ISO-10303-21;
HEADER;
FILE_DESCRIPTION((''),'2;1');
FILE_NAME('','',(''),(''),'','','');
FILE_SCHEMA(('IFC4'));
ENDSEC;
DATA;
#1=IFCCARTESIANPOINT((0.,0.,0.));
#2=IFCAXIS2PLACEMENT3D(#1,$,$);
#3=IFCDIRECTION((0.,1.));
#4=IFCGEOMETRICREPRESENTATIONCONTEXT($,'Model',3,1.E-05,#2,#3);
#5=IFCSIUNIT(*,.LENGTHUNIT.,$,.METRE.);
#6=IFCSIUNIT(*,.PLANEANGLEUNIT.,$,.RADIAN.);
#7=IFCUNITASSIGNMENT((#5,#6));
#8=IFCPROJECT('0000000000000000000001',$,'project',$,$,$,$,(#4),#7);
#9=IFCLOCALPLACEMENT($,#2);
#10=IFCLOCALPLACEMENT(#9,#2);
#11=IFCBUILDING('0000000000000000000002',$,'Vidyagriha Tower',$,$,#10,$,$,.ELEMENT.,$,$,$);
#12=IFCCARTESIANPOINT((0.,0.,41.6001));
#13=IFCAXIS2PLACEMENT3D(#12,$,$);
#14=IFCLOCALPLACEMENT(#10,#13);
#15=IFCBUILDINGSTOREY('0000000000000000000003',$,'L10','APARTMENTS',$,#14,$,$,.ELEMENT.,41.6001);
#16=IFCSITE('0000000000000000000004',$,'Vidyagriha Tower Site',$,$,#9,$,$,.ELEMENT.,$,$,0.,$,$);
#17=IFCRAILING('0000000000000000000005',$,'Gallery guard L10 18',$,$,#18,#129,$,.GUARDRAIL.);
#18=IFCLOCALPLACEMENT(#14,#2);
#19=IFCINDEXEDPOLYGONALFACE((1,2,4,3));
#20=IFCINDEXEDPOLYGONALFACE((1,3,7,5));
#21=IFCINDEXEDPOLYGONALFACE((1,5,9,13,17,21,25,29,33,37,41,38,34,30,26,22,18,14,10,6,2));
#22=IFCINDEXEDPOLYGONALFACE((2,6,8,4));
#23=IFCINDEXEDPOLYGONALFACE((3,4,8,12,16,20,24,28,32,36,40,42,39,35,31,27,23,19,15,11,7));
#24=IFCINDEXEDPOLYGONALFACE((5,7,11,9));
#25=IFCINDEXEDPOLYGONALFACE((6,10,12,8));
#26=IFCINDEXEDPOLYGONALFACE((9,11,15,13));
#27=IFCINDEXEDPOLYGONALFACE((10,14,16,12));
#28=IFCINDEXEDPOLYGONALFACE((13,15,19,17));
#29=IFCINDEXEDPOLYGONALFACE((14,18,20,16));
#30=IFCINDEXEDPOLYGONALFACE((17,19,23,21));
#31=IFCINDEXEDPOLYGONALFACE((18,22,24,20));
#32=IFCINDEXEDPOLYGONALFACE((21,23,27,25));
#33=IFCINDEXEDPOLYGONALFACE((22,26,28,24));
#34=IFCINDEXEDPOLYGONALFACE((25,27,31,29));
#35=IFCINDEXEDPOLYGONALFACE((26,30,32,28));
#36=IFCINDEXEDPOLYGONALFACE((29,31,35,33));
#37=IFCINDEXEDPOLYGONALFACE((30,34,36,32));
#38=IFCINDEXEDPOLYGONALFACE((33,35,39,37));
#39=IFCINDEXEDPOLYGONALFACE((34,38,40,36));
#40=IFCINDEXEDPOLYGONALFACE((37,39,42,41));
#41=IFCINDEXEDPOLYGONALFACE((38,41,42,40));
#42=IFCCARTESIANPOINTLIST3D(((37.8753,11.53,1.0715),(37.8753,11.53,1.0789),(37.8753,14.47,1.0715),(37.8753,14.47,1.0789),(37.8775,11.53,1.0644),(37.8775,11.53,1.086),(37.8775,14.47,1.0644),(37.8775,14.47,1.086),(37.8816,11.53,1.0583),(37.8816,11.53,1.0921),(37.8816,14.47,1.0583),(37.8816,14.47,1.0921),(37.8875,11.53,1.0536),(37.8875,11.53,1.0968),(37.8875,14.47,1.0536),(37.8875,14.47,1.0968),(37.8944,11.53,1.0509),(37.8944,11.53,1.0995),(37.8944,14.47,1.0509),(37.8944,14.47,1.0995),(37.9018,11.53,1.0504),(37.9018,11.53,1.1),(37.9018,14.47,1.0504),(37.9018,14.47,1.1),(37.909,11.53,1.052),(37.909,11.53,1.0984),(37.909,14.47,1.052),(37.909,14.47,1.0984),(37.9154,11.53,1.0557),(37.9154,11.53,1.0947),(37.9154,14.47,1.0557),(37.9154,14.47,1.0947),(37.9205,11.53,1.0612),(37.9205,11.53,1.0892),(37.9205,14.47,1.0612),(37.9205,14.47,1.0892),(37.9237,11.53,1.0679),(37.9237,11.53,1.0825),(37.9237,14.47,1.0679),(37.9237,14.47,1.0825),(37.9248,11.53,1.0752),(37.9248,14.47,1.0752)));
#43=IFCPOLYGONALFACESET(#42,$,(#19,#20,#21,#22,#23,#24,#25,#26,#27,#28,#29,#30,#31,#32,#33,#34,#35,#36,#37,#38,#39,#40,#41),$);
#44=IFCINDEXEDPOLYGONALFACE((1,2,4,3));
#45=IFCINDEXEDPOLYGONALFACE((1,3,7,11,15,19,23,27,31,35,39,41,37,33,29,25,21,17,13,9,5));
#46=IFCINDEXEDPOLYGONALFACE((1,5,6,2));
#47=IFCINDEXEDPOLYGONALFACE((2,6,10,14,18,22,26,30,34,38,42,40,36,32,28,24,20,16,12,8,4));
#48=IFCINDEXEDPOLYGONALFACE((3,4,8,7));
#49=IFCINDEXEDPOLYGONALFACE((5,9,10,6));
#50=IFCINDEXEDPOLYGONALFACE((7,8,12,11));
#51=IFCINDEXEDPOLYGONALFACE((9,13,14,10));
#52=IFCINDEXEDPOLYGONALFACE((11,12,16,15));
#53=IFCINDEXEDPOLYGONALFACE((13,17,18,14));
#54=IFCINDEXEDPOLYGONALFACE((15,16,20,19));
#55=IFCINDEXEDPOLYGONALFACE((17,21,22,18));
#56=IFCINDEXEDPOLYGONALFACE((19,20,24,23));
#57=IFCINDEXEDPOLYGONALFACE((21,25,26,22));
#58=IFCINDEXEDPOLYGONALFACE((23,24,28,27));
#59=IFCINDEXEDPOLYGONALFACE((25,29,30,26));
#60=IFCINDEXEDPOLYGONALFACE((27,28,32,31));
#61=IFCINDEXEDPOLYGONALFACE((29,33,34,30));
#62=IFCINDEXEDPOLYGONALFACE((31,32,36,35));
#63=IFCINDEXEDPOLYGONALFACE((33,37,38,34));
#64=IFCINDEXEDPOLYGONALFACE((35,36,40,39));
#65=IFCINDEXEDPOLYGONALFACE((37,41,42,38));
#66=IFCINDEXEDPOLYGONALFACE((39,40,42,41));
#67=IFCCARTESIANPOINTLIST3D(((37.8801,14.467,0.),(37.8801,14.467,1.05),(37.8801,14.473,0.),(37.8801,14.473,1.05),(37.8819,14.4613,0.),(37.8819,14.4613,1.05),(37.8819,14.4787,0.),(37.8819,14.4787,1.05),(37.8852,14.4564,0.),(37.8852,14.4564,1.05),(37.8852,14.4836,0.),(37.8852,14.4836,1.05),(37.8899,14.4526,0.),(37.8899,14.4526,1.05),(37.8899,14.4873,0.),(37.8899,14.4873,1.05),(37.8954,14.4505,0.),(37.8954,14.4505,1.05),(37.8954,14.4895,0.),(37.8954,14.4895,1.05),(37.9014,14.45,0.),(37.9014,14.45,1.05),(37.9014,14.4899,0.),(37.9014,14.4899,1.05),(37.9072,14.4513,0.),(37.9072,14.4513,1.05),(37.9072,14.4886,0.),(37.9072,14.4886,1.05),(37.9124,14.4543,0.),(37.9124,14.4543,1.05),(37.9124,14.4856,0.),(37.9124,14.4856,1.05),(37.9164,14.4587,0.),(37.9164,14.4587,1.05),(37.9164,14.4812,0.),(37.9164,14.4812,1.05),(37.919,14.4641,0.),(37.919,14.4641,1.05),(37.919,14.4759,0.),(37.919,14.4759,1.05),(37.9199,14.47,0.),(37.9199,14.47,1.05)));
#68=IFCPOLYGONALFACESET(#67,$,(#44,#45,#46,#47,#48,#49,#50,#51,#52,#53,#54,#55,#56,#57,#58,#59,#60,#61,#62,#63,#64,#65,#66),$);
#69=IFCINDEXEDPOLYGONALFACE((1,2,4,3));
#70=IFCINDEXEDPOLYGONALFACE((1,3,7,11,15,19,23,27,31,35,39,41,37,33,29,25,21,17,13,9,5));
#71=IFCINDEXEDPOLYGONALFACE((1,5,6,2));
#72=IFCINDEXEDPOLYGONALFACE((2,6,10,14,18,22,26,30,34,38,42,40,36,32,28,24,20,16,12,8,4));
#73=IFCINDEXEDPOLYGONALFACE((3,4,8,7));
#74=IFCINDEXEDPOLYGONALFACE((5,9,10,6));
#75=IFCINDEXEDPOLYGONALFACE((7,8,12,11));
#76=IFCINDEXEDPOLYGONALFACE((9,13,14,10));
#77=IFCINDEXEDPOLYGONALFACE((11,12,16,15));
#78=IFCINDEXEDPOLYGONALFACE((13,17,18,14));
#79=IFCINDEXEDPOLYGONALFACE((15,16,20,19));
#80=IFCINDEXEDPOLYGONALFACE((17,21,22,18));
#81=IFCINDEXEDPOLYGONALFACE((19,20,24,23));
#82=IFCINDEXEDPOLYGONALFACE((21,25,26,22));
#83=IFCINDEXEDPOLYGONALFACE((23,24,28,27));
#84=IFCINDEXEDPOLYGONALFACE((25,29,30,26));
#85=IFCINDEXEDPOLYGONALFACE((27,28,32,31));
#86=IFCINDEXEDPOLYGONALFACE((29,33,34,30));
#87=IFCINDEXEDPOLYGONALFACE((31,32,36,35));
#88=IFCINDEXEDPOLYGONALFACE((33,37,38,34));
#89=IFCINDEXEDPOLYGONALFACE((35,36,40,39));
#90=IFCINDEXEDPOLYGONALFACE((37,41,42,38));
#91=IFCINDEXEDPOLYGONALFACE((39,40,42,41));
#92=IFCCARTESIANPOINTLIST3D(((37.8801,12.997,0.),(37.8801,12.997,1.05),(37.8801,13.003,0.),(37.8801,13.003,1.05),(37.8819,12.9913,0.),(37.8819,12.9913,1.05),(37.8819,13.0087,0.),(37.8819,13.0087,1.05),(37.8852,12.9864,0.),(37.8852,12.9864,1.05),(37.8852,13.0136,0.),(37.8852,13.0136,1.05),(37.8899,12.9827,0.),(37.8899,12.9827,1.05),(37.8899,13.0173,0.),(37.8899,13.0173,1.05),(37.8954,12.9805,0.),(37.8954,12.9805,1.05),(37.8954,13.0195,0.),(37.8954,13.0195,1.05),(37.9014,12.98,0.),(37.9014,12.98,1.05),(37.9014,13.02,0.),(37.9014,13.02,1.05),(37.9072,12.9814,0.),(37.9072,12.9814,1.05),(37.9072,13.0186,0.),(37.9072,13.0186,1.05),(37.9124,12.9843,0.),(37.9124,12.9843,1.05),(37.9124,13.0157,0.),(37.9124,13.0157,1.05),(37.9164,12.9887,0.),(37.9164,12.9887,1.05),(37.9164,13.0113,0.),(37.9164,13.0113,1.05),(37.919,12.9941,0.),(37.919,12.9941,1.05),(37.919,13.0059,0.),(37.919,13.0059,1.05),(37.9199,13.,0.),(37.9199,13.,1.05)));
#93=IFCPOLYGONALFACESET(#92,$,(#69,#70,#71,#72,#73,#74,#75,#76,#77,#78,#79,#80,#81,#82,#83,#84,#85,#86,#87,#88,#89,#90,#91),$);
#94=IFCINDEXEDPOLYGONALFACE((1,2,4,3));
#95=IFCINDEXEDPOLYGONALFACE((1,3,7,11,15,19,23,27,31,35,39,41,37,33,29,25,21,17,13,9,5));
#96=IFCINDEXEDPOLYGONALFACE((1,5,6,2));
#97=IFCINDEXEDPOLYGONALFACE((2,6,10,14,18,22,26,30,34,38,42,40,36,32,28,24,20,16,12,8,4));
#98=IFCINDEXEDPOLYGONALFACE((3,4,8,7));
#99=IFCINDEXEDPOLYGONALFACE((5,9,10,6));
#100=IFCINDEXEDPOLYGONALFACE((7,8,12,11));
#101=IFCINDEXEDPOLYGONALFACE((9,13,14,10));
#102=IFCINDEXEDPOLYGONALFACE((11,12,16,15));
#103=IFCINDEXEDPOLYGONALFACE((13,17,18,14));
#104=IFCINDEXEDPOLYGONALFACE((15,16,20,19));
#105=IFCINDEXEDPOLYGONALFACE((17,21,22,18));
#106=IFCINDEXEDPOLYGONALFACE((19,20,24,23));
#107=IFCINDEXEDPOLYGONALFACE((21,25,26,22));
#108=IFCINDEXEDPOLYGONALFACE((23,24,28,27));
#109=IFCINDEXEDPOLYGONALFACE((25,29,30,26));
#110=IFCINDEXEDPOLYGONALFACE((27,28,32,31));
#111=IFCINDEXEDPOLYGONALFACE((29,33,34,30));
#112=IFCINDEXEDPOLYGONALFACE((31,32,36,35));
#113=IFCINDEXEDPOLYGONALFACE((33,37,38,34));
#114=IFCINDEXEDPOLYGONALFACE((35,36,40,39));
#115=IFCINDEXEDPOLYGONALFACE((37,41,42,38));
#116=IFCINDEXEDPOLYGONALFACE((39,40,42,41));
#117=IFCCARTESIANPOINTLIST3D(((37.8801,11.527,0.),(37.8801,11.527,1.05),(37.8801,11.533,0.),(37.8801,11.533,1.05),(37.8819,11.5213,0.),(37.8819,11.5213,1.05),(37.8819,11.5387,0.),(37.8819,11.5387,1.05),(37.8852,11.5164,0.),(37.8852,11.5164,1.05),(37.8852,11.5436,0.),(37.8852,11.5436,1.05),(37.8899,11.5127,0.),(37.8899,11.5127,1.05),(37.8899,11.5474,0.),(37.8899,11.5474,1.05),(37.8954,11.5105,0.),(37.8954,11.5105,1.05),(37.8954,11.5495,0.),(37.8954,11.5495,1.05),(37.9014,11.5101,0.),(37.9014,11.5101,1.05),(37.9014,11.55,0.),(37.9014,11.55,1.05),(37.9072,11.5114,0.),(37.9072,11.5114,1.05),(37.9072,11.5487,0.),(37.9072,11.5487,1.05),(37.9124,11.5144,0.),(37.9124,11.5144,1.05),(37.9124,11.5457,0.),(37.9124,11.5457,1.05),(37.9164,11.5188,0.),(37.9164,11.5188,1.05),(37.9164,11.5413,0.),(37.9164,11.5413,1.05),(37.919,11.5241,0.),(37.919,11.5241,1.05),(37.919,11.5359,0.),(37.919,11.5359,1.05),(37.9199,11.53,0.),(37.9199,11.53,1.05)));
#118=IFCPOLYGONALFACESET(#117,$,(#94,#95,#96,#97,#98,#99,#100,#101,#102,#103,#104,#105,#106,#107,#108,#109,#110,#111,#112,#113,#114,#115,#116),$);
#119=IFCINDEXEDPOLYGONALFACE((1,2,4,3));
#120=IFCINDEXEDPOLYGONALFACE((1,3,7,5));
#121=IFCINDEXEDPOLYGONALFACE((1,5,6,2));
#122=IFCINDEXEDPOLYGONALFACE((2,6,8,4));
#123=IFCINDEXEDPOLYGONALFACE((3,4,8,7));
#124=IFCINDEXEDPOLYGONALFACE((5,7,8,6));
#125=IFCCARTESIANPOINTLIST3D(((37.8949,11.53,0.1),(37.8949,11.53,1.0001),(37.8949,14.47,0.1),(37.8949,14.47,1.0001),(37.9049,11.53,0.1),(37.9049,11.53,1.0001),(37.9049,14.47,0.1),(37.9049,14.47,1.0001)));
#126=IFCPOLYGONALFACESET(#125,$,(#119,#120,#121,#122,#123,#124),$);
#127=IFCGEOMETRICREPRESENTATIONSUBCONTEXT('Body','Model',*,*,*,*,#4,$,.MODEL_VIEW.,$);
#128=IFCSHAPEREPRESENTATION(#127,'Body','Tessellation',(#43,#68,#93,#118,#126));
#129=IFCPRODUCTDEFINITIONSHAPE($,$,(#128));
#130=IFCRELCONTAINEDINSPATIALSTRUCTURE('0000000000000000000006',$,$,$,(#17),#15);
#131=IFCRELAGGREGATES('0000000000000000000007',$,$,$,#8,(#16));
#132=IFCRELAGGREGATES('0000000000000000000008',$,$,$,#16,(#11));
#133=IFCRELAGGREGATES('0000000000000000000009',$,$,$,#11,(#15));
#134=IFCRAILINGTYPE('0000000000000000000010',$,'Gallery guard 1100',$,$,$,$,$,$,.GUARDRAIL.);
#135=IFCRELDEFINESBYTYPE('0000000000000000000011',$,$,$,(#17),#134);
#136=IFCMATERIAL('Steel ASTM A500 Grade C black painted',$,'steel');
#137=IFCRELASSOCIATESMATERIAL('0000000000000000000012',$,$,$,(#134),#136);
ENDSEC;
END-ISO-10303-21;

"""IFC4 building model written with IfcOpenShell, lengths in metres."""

from ifc_helpers import new_model, si_unit, direction, frame, origin, origin_2d, place, context, subcontext, project, spatial, rectangle, circle, extrude, material, type_object, element, save


model = new_model("IFC4")

# Units and contexts
model_context = context("Model", 3, precision=1e-05, world=origin(), true_north=direction((0.0, 1.0)))
body_context = subcontext(model_context, "Body", "Model", "MODEL_VIEW")
ifc_project = project(units=[si_unit("LENGTHUNIT", "METRE"), si_unit("PLANEANGLEUNIT", "RADIAN")], contexts=[model_context])

# Site, building, storey
site_placement = place(None, origin())
site = spatial("IfcSite", under=ifc_project, at=site_placement, Name="Vidyagriha Tower Site", CompositionType="ELEMENT", RefElevation=0.0)
building_placement = place(site_placement, origin())
building = spatial("IfcBuilding", under=site, at=building_placement, Name="Vidyagriha Tower", CompositionType="ELEMENT")
storey_placement = place(building_placement, frame((0.0, 0.0, 41.6001)))
storey = spatial("IfcBuildingStorey", under=building, at=storey_placement, Name="L10", Description="APARTMENTS", CompositionType="ELEMENT", Elevation=41.6001)

# Railing
ifc_material_1 = material(Name="Steel ASTM A500 Grade C black painted", Category="steel")
railing_type = type_object("IfcRailingType", Name="Gallery guard 1100", PredefinedType="GUARDRAIL", material=ifc_material_1)
railing_1_placement = place(storey_placement, frame((37.8999, 14.47, 0.0)))
element("IfcRailing", 1, at=railing_1_placement, inside=storey, type_object=railing_type, Name="Gallery guard L10 18", PredefinedType="GUARDRAIL", context=body_context, shape_type="SweptSolid", body=[
    extrude(circle(Radius=0.0249, at=origin_2d()), frame((0.0, 0.0, 1.0752), z_axis=(0.0, -1.0, 0.0), x_axis=(1.0, 0.0, 0.0)), (0.0, 0.0, 1.0), 2.9399),
    extrude(circle(Radius=0.02, at=origin_2d()), origin(), (0.0, 0.0, 1.0), 1.05),
    extrude(circle(Radius=0.02, at=origin_2d()), frame((0.0, -1.47, 0.0)), (0.0, 0.0, 1.0), 1.05),
    extrude(circle(Radius=0.02, at=origin_2d()), frame((0.0, -2.9399, 0.0)), (0.0, 0.0, 1.0), 1.05),
    extrude(rectangle(XDim=0.01, YDim=0.9001, at=origin_2d()), frame((0.0, 0.0, 0.55), z_axis=(0.0, -1.0, 0.0), x_axis=(1.0, 0.0, 0.0)), (0.0, 0.0, 1.0), 2.9399),
])

save(model, "model.ifc")
